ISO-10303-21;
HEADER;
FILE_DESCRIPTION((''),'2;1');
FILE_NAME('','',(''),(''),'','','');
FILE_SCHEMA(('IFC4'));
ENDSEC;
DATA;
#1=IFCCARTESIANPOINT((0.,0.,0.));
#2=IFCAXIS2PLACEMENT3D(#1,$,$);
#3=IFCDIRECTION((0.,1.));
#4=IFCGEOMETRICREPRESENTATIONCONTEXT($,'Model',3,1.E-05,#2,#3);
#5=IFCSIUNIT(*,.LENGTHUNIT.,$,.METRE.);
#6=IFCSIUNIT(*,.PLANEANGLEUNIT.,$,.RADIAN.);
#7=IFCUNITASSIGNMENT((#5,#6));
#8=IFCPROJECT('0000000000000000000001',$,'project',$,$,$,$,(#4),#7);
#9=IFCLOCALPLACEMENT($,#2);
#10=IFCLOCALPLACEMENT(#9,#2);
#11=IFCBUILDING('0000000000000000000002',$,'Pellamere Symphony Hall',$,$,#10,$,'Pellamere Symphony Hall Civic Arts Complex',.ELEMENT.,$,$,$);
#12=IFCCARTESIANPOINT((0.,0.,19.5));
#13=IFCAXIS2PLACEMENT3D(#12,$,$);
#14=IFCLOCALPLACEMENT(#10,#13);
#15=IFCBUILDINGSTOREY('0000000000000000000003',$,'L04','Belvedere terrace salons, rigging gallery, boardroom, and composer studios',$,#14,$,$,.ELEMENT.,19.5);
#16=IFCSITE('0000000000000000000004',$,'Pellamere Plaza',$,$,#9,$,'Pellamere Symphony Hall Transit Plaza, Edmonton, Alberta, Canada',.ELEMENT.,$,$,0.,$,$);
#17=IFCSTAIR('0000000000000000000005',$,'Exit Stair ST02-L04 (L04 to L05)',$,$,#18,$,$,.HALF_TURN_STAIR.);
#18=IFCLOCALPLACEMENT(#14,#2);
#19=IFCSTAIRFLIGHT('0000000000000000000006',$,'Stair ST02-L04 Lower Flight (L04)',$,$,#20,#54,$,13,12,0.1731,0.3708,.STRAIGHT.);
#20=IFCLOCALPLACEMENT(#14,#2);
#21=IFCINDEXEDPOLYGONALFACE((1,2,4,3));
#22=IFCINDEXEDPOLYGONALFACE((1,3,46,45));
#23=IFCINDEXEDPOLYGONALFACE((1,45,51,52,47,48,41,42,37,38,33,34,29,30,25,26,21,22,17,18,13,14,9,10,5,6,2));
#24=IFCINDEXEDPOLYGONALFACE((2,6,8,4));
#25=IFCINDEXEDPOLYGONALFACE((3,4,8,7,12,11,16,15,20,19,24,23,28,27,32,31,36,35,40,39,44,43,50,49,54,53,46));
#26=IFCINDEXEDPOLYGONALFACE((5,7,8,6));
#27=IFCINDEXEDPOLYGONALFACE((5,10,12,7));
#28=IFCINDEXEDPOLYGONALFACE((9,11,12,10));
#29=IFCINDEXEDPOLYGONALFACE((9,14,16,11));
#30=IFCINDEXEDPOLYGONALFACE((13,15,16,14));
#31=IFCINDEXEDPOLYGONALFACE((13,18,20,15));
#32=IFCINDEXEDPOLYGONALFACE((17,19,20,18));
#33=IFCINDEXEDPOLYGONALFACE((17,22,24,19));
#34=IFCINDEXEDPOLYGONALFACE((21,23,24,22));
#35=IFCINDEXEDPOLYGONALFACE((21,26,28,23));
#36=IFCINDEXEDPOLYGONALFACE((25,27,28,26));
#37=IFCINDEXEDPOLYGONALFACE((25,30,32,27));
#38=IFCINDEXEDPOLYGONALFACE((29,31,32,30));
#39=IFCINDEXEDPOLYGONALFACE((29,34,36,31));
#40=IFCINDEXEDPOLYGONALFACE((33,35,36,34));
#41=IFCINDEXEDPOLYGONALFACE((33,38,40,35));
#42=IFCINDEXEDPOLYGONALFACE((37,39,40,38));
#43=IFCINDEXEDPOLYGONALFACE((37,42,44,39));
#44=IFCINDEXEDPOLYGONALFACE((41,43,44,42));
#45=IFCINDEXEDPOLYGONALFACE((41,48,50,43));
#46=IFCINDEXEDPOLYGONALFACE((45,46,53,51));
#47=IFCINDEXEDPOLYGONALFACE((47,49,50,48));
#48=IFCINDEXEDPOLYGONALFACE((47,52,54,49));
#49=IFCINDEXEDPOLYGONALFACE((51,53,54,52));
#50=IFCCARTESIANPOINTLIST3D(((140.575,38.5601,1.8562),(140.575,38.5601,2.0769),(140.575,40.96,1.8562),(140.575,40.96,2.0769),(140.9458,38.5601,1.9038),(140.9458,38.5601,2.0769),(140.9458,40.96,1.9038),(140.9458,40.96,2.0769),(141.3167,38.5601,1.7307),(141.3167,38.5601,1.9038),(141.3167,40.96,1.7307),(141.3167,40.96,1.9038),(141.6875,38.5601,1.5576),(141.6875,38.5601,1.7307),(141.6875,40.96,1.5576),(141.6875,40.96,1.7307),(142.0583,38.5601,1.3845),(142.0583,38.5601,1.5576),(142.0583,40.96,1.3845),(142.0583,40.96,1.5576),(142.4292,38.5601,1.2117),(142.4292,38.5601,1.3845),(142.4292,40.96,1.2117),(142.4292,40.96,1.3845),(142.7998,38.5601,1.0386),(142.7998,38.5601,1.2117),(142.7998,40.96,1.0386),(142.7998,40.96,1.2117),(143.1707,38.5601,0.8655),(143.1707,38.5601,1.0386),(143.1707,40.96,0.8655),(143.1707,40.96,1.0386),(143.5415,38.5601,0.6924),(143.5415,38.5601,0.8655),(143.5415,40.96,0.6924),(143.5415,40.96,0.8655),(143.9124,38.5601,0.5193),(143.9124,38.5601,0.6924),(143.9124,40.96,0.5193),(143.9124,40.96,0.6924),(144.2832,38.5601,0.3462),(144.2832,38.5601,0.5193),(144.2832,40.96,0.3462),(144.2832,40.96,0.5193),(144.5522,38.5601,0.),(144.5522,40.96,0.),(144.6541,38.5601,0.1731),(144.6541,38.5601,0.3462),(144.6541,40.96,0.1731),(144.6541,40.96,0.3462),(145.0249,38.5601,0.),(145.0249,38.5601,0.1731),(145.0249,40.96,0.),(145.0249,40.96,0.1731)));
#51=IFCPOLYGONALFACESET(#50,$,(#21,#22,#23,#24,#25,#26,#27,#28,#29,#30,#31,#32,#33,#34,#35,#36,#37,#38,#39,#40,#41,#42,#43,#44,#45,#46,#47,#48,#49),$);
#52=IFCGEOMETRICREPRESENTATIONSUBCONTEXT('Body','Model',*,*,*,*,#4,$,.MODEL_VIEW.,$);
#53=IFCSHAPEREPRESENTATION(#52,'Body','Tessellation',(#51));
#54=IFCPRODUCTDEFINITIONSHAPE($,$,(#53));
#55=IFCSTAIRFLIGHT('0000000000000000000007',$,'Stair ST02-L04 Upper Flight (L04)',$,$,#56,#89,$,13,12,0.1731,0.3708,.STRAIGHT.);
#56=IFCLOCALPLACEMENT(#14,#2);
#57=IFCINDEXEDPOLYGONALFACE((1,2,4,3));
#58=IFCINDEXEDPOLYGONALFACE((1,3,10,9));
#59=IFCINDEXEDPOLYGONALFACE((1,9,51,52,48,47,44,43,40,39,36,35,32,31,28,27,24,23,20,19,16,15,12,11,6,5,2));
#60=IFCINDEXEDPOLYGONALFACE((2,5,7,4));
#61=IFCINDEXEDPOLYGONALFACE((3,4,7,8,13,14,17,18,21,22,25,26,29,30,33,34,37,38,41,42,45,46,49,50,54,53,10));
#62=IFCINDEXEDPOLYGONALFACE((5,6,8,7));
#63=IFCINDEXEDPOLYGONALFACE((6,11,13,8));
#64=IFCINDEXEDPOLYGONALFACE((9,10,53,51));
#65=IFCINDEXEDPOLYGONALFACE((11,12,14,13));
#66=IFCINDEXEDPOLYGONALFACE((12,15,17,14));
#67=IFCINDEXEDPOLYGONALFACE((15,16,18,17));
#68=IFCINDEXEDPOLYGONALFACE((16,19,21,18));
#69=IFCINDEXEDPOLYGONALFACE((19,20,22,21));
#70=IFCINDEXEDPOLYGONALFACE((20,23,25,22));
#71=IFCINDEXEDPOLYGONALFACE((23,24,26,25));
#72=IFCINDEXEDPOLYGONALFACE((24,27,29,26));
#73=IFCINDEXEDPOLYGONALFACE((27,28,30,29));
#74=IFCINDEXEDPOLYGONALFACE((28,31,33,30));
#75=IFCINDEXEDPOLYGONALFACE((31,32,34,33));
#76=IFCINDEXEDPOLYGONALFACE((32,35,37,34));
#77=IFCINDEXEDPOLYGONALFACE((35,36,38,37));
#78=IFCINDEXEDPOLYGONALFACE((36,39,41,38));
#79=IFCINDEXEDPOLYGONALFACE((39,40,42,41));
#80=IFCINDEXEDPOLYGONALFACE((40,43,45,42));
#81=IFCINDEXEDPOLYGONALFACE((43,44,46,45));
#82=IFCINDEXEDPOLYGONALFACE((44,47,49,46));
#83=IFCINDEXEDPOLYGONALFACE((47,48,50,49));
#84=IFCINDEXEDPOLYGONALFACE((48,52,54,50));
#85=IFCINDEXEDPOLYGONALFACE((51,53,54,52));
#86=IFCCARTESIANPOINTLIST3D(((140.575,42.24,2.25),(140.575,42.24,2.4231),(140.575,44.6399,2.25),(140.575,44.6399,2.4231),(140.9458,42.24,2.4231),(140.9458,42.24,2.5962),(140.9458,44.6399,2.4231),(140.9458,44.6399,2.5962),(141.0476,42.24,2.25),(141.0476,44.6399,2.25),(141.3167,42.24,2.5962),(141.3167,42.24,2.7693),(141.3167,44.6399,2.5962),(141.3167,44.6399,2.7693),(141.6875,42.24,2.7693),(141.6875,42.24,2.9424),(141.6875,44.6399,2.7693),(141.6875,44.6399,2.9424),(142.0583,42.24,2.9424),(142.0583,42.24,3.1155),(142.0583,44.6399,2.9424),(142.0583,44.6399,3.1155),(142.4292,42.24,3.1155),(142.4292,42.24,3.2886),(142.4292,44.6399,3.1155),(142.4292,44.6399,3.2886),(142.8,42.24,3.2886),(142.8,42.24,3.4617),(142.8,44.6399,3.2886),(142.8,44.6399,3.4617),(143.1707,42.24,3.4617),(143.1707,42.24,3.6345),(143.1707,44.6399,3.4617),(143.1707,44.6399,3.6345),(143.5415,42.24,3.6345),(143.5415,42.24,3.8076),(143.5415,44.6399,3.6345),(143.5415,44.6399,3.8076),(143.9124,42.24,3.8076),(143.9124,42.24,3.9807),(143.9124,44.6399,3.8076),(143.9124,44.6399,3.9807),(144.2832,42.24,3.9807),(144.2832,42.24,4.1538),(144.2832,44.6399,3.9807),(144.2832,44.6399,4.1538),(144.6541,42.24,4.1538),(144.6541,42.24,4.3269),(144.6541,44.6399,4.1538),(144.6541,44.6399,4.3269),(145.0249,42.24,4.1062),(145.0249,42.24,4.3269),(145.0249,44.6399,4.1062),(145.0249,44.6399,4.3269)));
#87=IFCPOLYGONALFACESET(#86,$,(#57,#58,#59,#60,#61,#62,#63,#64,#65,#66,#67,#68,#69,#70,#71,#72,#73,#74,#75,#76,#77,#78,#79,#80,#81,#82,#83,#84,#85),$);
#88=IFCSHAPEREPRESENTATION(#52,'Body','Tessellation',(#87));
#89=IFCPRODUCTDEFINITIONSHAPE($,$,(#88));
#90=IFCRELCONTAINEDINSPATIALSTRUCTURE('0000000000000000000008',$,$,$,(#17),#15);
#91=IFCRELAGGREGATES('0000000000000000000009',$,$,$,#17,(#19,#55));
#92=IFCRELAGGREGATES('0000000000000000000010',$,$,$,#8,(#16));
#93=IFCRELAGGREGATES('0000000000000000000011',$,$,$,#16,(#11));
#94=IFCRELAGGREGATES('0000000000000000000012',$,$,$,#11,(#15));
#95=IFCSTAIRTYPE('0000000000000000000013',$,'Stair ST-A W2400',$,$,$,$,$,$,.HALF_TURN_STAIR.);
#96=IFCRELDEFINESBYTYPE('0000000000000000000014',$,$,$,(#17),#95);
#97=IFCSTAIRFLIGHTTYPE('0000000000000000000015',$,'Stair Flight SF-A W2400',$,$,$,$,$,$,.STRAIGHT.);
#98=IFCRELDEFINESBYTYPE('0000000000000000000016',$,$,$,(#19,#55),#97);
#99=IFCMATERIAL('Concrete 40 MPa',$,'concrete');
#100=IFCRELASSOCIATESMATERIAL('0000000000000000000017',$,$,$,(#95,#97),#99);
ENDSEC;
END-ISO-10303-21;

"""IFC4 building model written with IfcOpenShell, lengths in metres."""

from ifc_helpers import new_model, si_unit, direction, frame, origin, place, context, subcontext, project, spatial, polyline, outline, extrude, material, type_object, element, aggregate, save


model = new_model("IFC4")

# Units and contexts
model_context = context("Model", 3, precision=1e-05, world=origin(), true_north=direction((0.0, 1.0)))
body_context = subcontext(model_context, "Body", "Model", "MODEL_VIEW")
ifc_project = project(units=[si_unit("LENGTHUNIT", "METRE"), si_unit("PLANEANGLEUNIT", "RADIAN")], contexts=[model_context])

# Site, building, storey
site_placement = place(None, origin())
site = spatial("IfcSite", under=ifc_project, at=site_placement, Name="Pellamere Plaza", LongName="Pellamere Symphony Hall Transit Plaza, Edmonton, Alberta, Canada", CompositionType="ELEMENT", RefElevation=0.0)
building_placement = place(site_placement, origin())
building = spatial("IfcBuilding", under=site, at=building_placement, Name="Pellamere Symphony Hall", LongName="Pellamere Symphony Hall Civic Arts Complex", CompositionType="ELEMENT")
storey_placement = place(building_placement, frame((0.0, 0.0, 19.5)))
storey = spatial("IfcBuildingStorey", under=building, at=storey_placement, Name="L04", Description="Belvedere terrace salons, rigging gallery, boardroom, and composer studios", CompositionType="ELEMENT", Elevation=19.5)

# Shared definitions
ifc_material_1 = material(Name="Concrete 40 MPa", Category="concrete")

# Stair, stair flights
stair_type = type_object("IfcStairType", Name="Stair ST-A W2400", PredefinedType="HALF_TURN_STAIR", material=ifc_material_1)
stair_placement = place(storey_placement, origin())
stair = element("IfcStair", 1, at=stair_placement, inside=storey, type_object=stair_type, Name="Exit Stair ST02-L04 (L04 to L05)", PredefinedType="HALF_TURN_STAIR")
stair_flight_type = type_object("IfcStairFlightType", Name="Stair Flight SF-A W2400", PredefinedType="STRAIGHT", material=ifc_material_1)
stair_flight_1_placement = place(storey_placement, frame((145.0249, 39.76, 0.0), z_axis=(0.0, 0.0, 1.0), x_axis=(-1.0, 0.0, 0.0)))
stair_flight_1 = element("IfcStairFlight", 2, at=stair_flight_1_placement, type_object=stair_flight_type, Name="Stair ST02-L04 Lower Flight (L04)", NumberOfRisers=13, NumberOfTreads=12, PredefinedType="STRAIGHT", RiserHeight=0.1731, TreadLength=0.3708, context=body_context, shape_type="SweptSolid", body=[
    extrude(outline(polyline([(0.0, 0.0), (0.0, 0.1731), (0.3708, 0.1731), (0.3708, 0.3462), (0.7417, 0.3462), (0.7417, 0.5193), (1.1125, 0.5193), (1.1125, 0.6924), (1.4834, 0.6924), (1.4834, 0.8655), (1.8542, 0.8655), (1.8542, 1.0386), (2.2251, 1.0386), (2.2251, 1.2117), (2.5957, 1.2117), (2.5957, 1.3845), (2.9666, 1.3845), (2.9666, 1.5576), (3.3374, 1.5576), (3.3374, 1.7307), (3.7083, 1.7307), (3.7083, 1.9038), (4.0791, 1.9038), (4.0791, 2.0769), (4.45, 2.0769), (4.45, 2.25), (4.45, 1.8562), (0.4727, 0.0), (0.0, 0.0)])), frame((0.0, 1.2, 0.0), z_axis=(0.0, -1.0, 0.0), x_axis=(1.0, 0.0, 0.0)), (0.0, 0.0, 1.0), 2.3999),
])
stair_flight_2_placement = place(storey_placement, frame((140.575, 43.4399, 2.25), z_axis=(0.0, 0.0, 1.0), x_axis=(1.0, 0.0, 0.0)))
stair_flight_2 = element("IfcStairFlight", 3, at=stair_flight_2_placement, type_object=stair_flight_type, Name="Stair ST02-L04 Upper Flight (L04)", NumberOfRisers=13, NumberOfTreads=12, PredefinedType="STRAIGHT", RiserHeight=0.1731, TreadLength=0.3708, context=body_context, shape_type="SweptSolid", body=[
    extrude(outline(polyline([(0.0, 0.0), (0.0, 0.1731), (0.3708, 0.1731), (0.3708, 0.3462), (0.7417, 0.3462), (0.7417, 0.5193), (1.1125, 0.5193), (1.1125, 0.6924), (1.4834, 0.6924), (1.4834, 0.8655), (1.8542, 0.8655), (1.8542, 1.0386), (2.2251, 1.0386), (2.2251, 1.2117), (2.5957, 1.2117), (2.5957, 1.3845), (2.9666, 1.3845), (2.9666, 1.5576), (3.3374, 1.5576), (3.3374, 1.7307), (3.7083, 1.7307), (3.7083, 1.9038), (4.0791, 1.9038), (4.0791, 2.0769), (4.45, 2.0769), (4.45, 2.25), (4.45, 1.8562), (0.4727, 0.0), (0.0, 0.0)])), frame((0.0, 1.2, 0.0), z_axis=(0.0, -1.0, 0.0), x_axis=(1.0, 0.0, 0.0)), (0.0, 0.0, 1.0), 2.3999),
])
aggregate(stair, [stair_flight_1, stair_flight_2])

save(model, "model.ifc")
